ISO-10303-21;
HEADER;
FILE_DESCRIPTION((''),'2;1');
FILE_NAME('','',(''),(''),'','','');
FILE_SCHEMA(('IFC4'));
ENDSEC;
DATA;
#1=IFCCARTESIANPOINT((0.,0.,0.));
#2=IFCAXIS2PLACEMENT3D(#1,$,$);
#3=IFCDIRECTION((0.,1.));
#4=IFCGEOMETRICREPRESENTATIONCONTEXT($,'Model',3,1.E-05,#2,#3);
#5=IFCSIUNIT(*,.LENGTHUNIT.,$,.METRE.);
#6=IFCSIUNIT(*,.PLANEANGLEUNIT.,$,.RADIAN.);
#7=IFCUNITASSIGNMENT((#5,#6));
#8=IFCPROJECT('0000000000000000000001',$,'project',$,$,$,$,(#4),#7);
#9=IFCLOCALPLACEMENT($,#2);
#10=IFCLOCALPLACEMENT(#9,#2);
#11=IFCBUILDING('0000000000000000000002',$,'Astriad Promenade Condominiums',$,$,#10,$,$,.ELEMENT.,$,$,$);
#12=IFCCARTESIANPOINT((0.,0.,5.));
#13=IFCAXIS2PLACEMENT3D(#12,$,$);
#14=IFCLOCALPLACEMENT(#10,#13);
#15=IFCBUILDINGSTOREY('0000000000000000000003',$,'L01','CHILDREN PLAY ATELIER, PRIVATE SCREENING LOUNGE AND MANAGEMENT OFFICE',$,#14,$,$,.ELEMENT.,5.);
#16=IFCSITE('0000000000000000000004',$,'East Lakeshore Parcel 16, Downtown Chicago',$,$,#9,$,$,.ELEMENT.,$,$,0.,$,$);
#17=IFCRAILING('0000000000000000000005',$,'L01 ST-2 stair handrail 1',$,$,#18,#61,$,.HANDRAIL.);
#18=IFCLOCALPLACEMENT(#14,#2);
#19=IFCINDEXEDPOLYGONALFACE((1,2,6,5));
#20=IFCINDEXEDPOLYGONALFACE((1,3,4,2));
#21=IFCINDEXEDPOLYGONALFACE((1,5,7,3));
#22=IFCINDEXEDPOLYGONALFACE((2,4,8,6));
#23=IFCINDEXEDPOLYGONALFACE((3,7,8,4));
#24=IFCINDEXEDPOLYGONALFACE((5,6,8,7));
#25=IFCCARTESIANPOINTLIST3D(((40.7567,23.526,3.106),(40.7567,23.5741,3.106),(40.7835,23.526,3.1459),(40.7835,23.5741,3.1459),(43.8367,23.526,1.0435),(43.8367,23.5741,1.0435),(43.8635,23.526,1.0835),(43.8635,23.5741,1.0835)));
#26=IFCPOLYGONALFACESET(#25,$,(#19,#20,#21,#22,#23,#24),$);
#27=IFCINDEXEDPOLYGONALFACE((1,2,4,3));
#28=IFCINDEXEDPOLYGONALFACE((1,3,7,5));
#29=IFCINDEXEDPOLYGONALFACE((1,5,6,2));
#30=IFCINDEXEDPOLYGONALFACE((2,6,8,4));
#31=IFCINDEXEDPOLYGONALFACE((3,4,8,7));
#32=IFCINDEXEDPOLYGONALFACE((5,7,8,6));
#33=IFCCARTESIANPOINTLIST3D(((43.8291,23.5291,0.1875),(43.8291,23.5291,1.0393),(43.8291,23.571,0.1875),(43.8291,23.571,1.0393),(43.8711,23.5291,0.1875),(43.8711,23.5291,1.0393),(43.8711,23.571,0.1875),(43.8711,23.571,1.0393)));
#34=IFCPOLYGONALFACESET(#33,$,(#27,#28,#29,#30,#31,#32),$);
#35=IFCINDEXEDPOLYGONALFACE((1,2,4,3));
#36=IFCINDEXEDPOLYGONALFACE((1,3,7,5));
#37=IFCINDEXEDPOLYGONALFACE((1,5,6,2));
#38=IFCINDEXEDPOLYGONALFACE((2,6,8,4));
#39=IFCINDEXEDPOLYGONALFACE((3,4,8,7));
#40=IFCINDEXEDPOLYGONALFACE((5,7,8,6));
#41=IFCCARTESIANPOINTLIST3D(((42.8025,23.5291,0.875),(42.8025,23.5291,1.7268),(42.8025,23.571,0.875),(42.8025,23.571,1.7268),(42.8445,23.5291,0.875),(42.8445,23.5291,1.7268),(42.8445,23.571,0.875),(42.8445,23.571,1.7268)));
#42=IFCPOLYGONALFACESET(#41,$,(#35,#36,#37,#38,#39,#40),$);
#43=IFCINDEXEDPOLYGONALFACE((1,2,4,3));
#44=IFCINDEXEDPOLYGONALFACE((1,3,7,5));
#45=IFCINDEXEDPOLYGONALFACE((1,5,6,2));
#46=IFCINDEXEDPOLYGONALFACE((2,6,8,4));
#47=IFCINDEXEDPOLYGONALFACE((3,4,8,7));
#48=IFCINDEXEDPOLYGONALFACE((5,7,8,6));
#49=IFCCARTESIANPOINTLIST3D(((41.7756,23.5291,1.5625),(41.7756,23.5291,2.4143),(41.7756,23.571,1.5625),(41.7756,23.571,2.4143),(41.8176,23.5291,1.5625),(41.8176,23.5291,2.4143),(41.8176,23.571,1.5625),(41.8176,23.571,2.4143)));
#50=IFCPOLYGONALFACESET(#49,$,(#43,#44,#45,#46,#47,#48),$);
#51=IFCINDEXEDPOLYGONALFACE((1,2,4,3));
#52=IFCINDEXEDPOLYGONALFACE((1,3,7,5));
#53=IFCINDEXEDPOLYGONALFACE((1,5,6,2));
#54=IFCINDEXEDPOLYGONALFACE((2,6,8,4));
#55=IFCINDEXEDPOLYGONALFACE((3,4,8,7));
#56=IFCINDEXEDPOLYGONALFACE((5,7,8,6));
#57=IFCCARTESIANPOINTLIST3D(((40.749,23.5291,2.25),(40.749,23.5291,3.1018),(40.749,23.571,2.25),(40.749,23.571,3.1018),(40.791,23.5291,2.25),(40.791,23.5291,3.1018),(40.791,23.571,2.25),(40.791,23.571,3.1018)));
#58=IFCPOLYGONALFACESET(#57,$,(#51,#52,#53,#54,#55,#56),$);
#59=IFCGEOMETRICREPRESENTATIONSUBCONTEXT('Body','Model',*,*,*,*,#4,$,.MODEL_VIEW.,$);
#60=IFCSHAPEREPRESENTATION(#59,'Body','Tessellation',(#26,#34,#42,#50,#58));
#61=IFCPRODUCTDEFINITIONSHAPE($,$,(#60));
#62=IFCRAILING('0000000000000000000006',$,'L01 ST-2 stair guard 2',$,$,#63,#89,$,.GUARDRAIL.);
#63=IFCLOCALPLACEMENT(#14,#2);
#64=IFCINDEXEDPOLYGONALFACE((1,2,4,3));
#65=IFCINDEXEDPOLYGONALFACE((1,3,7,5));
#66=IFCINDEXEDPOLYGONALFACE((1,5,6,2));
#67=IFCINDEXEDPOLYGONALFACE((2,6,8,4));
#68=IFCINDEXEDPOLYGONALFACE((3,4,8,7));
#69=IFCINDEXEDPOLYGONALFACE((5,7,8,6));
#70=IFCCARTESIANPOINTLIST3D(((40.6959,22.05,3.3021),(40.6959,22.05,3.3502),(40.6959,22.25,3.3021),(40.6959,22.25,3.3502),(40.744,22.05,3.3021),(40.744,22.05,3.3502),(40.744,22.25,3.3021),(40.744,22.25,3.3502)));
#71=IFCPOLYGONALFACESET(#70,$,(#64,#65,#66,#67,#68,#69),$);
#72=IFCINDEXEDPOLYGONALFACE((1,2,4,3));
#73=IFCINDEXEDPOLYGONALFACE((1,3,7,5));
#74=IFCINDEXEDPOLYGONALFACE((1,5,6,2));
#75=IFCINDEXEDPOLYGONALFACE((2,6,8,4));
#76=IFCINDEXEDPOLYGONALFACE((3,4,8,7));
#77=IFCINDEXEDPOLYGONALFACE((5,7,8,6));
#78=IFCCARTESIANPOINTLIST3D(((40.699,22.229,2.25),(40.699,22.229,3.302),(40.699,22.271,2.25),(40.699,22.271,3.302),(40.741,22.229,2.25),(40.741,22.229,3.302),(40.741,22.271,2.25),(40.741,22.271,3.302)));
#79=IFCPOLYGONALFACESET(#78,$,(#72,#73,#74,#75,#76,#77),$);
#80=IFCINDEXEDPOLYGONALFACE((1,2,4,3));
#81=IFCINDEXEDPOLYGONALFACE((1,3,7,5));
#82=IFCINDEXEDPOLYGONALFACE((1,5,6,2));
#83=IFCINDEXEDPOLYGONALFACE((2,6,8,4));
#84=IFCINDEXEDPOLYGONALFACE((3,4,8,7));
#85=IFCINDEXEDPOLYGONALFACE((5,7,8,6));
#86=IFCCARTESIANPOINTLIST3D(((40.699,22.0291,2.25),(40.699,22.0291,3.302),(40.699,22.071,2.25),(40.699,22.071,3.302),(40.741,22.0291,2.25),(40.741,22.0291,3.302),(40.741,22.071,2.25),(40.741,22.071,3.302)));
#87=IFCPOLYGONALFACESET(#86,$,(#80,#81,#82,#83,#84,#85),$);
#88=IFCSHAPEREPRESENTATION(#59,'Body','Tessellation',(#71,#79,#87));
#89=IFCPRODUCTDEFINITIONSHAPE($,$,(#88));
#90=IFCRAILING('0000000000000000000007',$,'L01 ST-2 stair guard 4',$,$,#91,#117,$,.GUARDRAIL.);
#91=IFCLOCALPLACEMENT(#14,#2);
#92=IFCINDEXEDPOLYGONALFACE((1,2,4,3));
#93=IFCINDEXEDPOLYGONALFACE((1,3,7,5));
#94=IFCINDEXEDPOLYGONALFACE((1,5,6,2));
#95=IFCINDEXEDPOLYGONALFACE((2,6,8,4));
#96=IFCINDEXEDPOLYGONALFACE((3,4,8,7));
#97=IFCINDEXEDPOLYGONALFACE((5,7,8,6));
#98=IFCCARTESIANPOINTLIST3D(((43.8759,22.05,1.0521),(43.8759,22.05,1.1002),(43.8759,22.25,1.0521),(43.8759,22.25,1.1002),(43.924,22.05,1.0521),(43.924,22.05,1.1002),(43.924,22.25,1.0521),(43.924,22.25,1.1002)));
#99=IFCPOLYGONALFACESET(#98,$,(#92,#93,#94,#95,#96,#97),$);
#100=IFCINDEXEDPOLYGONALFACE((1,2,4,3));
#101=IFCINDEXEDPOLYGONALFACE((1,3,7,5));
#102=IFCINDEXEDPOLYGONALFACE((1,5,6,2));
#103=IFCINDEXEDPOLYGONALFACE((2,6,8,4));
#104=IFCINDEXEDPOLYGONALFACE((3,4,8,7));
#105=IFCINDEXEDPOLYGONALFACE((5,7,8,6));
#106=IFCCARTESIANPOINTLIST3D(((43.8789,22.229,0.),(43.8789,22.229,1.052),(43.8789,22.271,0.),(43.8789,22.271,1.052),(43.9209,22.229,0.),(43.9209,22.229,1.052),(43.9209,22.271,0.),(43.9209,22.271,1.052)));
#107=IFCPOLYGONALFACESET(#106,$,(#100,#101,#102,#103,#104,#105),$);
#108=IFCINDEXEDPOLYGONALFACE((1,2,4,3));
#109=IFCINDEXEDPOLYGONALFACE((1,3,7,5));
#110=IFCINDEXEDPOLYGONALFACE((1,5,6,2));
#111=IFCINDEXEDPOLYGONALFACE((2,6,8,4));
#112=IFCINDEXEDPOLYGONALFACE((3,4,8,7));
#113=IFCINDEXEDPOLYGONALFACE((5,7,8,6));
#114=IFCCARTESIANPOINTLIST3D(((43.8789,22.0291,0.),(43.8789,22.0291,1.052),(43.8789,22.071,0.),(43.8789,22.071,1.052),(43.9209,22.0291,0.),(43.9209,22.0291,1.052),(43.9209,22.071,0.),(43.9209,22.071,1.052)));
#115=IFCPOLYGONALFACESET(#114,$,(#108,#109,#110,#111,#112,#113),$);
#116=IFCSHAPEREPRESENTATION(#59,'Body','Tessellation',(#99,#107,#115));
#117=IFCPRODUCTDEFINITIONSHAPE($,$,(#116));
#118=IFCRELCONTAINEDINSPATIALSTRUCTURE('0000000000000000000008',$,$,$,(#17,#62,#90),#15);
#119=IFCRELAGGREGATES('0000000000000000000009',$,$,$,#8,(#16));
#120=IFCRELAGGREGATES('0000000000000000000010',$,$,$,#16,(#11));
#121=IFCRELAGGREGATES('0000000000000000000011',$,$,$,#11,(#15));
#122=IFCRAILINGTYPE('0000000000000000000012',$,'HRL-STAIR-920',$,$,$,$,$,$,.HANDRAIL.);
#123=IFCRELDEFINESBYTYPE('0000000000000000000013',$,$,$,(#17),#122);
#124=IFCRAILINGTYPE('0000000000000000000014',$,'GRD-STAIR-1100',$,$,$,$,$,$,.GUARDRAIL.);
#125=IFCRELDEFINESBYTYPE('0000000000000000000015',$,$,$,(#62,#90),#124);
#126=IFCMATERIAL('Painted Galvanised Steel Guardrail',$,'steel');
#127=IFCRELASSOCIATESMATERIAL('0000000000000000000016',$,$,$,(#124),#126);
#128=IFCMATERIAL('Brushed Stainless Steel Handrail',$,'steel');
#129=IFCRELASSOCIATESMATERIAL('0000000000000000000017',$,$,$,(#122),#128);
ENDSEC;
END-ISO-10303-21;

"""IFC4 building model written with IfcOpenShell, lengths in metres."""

from ifc_helpers import new_model, si_unit, direction, frame, origin, origin_2d, place, context, subcontext, project, spatial, rectangle, extrude, source, transform, mapped, material, type_object, element, save


model = new_model("IFC4")

# Units and contexts
model_context = context("Model", 3, precision=1e-05, world=origin(), true_north=direction((0.0, 1.0)))
body_context = subcontext(model_context, "Body", "Model", "MODEL_VIEW")
ifc_project = project(units=[si_unit("LENGTHUNIT", "METRE"), si_unit("PLANEANGLEUNIT", "RADIAN")], contexts=[model_context])

# Site, building, storey
site_placement = place(None, origin())
site = spatial("IfcSite", under=ifc_project, at=site_placement, Name="East Lakeshore Parcel 16, Downtown Chicago", CompositionType="ELEMENT", RefElevation=0.0)
building_placement = place(site_placement, origin())
building = spatial("IfcBuilding", under=site, at=building_placement, Name="Astriad Promenade Condominiums", CompositionType="ELEMENT")
storey_placement = place(building_placement, frame((0.0, 0.0, 5.0)))
storey = spatial("IfcBuildingStorey", under=building, at=storey_placement, Name="L01", Description="CHILDREN PLAY ATELIER, PRIVATE SCREENING LOUNGE AND MANAGEMENT OFFICE", CompositionType="ELEMENT", Elevation=5.0)

# Railings
ifc_material_1 = material(Name="Painted Galvanised Steel Guardrail", Category="steel")
railing_type_1 = type_object("IfcRailingType", Name="GRD-STAIR-1100", PredefinedType="GUARDRAIL", material=ifc_material_1)
ifc_material_2 = material(Name="Brushed Stainless Steel Handrail", Category="steel")
railing_type_2 = type_object("IfcRailingType", Name="HRL-STAIR-920", PredefinedType="HANDRAIL", material=ifc_material_2)
shared_shape_1 = source(origin(), body_context, "Body", "SweptSolid", [
    extrude(rectangle(XDim=0.0481, YDim=0.0481, at=origin_2d()), frame((0.0, 0.0, 0.876), z_axis=(-0.830914, 0.0, 0.556401), x_axis=(0.0, -1.0, 0.0)), (0.0, 0.0, 1.0), 3.7068),
    extrude(rectangle(XDim=0.042, YDim=0.042, at=origin_2d()), origin(), (0.0, 0.0, 1.0), 0.8518),
    extrude(rectangle(XDim=0.042, YDim=0.042, at=origin_2d()), frame((-1.0266, 0.0, 0.6875)), (0.0, 0.0, 1.0), 0.8518),
    extrude(rectangle(XDim=0.042, YDim=0.042, at=origin_2d()), frame((-2.0535, 0.0, 1.375)), (0.0, 0.0, 1.0), 0.8518),
    extrude(rectangle(XDim=0.042, YDim=0.042, at=origin_2d()), frame((-3.0801, 0.0, 2.0625)), (0.0, 0.0, 1.0), 0.8518),
])
railing_1_placement = place(storey_placement, frame((43.8501, 23.55, 0.1875)))
element("IfcRailing", 1, at=railing_1_placement, inside=storey, type_object=railing_type_2, Name="L01 ST-2 stair handrail 1", PredefinedType="HANDRAIL", context=body_context, shape_type="MappedRepresentation", body=[
    mapped(shared_shape_1, transform((0.0, 0.0, 0.0), scale=1.0)),
])
shared_shape_2 = source(origin(), body_context, "Body", "SweptSolid", [
    extrude(rectangle(XDim=0.0481, YDim=0.0481, at=origin_2d()), frame((0.0, 0.0, 1.0762), z_axis=(0.0, -1.0, 0.0), x_axis=(1.0, 0.0, 0.0)), (0.0, 0.0, 1.0), 0.2),
    extrude(rectangle(XDim=0.042, YDim=0.042, at=origin_2d()), origin(), (0.0, 0.0, 1.0), 1.052),
    extrude(rectangle(XDim=0.042, YDim=0.042, at=origin_2d()), frame((0.0, -0.2, 0.0)), (0.0, 0.0, 1.0), 1.052),
])
for number, where, name in (
    (2, (40.72, 22.25, 2.25), "L01 ST-2 stair guard 2"),
    (3, (43.8999, 22.25, 0.0), "L01 ST-2 stair guard 4"),
):
    element("IfcRailing", number, at=place(storey_placement, frame(where)), inside=storey, type_object=railing_type_1, Name=name, PredefinedType="GUARDRAIL", context=body_context, shape_type="MappedRepresentation", body=[
        mapped(shared_shape_2, transform((0.0, 0.0, 0.0), scale=1.0)),
    ])

save(model, "model.ifc")
